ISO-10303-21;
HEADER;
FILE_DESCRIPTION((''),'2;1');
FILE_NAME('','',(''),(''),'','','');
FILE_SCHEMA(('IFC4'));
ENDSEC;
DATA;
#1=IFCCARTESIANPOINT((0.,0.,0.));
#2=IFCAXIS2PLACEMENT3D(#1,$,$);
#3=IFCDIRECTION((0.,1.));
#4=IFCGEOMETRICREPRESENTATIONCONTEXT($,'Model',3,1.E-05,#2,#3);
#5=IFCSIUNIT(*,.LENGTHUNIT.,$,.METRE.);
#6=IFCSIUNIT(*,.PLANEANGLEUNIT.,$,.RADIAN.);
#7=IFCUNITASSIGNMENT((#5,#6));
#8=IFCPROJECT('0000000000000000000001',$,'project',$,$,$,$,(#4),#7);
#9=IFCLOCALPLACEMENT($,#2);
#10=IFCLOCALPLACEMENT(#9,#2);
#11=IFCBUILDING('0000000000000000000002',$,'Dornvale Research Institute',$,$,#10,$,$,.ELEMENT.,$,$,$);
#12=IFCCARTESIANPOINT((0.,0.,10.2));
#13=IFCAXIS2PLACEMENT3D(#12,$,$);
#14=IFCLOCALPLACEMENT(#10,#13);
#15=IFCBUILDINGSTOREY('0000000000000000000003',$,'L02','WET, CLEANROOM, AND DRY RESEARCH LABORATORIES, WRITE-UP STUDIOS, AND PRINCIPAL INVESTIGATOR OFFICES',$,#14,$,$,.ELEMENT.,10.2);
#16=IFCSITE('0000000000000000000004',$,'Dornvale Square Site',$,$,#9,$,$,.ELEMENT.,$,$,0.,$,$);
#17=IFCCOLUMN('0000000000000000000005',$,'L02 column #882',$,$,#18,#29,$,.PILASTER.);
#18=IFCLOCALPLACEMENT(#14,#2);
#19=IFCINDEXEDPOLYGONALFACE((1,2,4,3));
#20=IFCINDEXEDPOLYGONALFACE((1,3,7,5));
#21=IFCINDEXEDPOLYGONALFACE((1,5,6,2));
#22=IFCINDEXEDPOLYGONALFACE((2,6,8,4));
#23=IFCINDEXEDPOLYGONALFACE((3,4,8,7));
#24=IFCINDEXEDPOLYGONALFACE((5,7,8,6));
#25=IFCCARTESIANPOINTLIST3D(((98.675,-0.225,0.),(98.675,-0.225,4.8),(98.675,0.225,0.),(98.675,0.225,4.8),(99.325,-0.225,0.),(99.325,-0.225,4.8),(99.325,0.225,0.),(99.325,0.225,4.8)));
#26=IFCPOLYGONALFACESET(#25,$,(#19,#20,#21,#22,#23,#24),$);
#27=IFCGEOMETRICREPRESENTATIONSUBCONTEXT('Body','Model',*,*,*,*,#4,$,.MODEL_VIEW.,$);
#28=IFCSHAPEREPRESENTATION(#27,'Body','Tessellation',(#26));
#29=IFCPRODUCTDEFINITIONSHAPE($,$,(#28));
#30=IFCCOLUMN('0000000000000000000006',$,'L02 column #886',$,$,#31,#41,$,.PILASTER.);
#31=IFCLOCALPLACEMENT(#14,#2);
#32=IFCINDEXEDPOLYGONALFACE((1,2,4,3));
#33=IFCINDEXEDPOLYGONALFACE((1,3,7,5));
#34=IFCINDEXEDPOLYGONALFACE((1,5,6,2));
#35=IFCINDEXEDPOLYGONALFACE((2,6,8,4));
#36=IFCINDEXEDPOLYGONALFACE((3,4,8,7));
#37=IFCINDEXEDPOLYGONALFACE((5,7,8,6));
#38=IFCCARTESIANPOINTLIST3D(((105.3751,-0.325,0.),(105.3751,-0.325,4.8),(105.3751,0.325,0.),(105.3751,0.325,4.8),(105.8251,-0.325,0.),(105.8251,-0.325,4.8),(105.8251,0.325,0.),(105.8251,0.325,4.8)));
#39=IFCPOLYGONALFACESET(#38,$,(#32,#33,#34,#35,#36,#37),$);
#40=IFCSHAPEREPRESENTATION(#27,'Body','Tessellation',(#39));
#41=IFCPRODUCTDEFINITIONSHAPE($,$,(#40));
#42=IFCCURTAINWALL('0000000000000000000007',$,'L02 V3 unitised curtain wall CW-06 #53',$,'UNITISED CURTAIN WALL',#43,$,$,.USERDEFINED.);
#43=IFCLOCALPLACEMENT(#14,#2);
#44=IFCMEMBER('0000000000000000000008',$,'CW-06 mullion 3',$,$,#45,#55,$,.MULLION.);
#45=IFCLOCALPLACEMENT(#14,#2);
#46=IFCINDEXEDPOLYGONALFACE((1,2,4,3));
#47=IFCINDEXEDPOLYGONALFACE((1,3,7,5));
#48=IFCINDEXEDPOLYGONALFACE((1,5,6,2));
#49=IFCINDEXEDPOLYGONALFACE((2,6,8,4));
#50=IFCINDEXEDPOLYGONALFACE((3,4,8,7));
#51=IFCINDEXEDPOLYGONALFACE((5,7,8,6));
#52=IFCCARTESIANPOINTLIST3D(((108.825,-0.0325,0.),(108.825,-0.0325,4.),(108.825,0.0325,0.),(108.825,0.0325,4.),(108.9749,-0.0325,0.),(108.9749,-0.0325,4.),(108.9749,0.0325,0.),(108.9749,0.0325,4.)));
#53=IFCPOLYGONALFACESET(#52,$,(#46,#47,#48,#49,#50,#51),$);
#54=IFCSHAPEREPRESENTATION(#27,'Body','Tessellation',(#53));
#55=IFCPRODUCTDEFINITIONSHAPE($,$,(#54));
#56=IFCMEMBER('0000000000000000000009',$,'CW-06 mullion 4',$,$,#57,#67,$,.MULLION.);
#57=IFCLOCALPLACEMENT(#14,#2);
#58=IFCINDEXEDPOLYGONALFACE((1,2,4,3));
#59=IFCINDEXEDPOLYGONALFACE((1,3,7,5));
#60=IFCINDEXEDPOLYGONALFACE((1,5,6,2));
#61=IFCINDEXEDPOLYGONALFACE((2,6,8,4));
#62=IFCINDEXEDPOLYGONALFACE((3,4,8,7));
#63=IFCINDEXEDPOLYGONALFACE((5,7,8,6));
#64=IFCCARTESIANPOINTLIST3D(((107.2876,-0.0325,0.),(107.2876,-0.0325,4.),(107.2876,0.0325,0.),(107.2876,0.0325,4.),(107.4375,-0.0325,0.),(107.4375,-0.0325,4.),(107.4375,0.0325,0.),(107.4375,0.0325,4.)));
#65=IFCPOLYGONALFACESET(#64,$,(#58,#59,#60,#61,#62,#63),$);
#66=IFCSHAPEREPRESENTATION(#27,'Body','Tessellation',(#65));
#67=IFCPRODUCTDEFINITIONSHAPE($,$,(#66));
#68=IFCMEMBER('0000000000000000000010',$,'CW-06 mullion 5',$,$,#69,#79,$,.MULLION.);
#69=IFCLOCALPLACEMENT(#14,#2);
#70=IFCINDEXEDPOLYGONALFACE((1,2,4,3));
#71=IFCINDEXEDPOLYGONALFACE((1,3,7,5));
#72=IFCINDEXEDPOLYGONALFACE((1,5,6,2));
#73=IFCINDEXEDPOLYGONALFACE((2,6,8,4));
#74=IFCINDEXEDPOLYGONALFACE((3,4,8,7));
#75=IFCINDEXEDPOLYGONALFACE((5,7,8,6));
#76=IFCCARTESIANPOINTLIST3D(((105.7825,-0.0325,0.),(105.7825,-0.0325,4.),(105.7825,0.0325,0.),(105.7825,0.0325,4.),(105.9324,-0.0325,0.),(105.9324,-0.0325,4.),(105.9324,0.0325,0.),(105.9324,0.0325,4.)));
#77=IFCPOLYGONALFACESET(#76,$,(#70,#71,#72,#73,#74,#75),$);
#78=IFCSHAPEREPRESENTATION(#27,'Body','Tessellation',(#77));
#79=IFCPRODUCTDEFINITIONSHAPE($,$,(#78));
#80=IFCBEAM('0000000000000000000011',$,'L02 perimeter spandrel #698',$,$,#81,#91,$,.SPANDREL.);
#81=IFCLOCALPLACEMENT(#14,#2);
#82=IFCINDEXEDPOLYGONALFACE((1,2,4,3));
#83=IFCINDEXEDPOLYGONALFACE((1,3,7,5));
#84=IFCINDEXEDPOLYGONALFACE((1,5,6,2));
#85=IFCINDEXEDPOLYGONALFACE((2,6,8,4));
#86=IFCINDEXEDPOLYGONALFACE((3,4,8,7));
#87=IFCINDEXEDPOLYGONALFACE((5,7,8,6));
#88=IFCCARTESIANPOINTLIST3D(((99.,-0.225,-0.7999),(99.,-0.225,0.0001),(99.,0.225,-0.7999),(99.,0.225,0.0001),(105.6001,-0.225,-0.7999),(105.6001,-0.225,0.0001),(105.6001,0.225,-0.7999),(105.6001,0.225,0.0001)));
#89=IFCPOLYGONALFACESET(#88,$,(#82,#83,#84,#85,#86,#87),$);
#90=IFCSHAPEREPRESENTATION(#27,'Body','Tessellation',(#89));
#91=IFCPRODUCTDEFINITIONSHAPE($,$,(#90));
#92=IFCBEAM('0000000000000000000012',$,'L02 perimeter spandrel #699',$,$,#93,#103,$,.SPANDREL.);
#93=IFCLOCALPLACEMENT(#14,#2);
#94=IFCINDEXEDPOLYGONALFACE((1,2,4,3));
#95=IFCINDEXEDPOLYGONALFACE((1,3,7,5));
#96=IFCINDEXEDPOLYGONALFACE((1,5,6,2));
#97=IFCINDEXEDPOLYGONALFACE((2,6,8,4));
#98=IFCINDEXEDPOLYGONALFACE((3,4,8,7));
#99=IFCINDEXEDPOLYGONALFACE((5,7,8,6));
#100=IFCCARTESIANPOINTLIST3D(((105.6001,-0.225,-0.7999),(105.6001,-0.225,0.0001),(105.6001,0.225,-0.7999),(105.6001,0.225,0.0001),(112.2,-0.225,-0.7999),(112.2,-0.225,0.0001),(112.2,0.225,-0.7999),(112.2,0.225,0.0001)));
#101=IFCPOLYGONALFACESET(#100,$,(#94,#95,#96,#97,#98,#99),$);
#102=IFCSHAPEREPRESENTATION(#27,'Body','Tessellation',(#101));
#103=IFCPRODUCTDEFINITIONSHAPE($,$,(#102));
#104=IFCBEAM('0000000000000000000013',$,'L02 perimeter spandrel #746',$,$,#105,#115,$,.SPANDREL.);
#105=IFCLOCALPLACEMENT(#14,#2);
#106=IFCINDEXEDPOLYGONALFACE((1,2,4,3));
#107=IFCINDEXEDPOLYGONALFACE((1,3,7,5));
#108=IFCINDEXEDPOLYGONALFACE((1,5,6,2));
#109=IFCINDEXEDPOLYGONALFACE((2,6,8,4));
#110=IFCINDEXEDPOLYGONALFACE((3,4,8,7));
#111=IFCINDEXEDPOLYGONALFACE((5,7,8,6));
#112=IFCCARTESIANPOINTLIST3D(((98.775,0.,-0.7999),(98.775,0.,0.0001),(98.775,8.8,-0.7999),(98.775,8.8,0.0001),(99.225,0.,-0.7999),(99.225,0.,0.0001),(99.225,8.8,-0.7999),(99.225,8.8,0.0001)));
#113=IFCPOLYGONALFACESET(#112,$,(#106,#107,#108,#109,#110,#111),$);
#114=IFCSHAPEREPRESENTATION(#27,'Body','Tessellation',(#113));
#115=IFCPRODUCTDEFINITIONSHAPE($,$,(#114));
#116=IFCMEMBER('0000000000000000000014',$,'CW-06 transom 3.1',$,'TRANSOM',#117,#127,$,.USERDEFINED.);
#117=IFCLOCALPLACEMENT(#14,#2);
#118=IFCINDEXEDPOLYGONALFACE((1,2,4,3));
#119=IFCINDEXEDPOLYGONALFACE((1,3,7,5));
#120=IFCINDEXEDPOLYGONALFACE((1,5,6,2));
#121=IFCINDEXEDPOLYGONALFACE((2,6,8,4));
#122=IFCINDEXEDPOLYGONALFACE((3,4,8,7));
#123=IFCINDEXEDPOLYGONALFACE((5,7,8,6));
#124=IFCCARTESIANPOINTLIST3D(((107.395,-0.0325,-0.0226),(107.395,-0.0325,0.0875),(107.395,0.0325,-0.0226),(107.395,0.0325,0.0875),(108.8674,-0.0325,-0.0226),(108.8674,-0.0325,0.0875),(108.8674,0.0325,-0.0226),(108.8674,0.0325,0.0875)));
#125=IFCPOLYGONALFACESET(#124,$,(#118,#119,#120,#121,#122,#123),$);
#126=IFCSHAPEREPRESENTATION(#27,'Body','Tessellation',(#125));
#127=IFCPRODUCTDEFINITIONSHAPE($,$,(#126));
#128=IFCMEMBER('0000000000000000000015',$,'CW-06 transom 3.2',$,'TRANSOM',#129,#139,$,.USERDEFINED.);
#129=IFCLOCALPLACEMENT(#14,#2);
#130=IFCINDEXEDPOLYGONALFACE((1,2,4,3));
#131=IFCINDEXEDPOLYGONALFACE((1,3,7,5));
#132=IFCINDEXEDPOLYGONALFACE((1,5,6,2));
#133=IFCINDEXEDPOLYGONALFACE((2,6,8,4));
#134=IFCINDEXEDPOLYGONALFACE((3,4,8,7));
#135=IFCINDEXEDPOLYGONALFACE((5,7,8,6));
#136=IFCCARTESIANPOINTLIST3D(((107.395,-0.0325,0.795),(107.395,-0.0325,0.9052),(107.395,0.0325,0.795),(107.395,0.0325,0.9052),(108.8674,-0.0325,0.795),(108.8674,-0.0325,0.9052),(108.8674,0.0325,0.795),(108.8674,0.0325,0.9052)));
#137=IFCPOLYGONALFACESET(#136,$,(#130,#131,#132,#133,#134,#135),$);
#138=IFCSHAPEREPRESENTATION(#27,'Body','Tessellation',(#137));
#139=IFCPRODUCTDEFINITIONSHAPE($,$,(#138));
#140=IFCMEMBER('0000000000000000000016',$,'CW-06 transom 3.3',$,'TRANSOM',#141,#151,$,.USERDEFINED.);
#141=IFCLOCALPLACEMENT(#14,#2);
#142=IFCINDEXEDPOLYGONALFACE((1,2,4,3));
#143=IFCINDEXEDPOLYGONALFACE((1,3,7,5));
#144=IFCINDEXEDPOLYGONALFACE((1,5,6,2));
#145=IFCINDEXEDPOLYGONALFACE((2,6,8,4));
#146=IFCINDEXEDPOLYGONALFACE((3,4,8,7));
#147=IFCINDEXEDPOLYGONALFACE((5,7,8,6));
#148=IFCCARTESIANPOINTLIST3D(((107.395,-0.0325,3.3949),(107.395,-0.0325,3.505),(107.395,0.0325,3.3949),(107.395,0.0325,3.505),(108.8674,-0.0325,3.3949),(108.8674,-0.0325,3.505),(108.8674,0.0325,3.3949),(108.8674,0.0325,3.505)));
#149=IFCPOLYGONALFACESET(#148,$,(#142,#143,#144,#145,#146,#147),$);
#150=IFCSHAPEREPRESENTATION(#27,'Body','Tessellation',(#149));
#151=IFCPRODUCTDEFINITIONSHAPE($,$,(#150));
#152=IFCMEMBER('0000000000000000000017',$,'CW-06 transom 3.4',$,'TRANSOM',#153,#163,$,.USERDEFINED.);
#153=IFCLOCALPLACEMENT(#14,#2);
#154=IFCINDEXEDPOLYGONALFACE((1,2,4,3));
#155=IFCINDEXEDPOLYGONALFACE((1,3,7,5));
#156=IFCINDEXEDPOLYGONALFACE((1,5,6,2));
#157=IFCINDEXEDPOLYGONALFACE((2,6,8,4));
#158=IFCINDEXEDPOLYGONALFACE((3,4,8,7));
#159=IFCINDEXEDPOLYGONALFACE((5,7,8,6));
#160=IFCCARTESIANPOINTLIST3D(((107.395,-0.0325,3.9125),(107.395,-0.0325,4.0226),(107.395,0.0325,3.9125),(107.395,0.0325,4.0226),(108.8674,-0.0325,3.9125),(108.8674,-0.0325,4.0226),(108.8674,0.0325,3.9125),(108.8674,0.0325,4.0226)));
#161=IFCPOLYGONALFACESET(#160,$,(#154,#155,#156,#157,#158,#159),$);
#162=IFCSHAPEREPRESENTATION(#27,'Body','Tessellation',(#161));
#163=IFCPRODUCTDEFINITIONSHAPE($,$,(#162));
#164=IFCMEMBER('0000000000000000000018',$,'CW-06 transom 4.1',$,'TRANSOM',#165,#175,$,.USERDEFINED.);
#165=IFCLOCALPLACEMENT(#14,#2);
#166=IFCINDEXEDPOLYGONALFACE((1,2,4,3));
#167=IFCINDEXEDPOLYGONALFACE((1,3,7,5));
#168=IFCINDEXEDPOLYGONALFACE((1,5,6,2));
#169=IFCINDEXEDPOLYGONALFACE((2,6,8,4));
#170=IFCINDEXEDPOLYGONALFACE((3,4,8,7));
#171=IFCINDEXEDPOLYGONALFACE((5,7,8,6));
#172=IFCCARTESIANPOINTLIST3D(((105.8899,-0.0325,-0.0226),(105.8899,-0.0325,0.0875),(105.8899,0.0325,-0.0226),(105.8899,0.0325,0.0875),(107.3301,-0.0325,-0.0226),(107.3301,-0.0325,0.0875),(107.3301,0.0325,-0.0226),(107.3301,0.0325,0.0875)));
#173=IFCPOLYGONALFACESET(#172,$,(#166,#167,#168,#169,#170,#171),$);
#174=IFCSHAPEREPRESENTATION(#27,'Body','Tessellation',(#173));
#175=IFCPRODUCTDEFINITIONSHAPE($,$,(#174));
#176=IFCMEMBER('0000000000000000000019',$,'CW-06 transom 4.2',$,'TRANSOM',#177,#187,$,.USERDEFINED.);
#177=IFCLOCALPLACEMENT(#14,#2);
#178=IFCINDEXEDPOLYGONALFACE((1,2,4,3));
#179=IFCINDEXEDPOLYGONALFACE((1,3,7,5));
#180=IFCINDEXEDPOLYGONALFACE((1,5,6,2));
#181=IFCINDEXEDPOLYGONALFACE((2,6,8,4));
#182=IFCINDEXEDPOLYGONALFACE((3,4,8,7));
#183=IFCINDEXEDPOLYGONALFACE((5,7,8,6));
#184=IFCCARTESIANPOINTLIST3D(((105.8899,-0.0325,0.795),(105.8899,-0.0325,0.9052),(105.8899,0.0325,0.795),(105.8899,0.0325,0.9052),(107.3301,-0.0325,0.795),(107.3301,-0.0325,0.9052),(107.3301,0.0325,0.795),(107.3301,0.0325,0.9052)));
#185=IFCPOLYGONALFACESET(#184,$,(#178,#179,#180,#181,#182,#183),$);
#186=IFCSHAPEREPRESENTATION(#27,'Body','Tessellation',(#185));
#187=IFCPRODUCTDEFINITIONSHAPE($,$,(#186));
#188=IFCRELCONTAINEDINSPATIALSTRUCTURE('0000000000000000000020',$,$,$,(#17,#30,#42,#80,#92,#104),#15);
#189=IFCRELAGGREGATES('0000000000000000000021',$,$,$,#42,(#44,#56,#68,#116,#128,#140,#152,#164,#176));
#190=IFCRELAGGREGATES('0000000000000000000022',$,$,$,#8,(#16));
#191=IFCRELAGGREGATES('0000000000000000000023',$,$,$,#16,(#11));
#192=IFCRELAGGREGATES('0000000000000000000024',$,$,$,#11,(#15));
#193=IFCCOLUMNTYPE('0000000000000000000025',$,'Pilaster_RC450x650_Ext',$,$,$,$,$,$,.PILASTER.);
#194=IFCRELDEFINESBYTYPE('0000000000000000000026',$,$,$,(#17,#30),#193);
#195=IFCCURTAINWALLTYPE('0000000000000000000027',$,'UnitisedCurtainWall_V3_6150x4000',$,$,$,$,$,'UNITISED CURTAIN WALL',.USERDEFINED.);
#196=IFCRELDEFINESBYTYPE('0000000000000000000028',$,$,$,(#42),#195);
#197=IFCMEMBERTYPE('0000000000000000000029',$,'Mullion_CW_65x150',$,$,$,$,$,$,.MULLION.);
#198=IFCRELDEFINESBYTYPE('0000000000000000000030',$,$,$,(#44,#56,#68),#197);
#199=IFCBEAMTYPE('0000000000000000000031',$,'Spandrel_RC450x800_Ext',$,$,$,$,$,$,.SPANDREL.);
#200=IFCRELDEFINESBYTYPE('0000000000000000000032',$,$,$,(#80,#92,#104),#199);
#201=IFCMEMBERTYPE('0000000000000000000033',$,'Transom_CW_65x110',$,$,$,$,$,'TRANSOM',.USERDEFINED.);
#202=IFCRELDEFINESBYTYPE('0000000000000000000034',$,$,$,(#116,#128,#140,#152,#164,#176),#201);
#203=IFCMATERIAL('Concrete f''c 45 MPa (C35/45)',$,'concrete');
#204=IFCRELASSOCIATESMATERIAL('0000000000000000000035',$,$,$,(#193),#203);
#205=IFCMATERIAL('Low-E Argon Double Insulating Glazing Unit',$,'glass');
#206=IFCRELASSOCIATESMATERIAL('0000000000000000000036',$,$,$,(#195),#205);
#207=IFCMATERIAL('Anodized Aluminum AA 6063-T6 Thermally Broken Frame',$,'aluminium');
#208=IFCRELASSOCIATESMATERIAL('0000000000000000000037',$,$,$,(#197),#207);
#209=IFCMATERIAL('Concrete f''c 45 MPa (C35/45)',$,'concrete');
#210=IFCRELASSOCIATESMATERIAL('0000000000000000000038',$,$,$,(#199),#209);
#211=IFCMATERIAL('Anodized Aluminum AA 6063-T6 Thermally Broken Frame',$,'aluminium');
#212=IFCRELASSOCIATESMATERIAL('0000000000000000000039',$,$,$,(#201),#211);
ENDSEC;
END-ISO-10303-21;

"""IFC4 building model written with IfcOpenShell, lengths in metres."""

from ifc_helpers import new_model, si_unit, direction, frame, origin, origin_2d, place, context, subcontext, project, spatial, rectangle, extrude, material, material_profile, profile_set, type_object, element, aggregate, save


model = new_model("IFC4")

# Units and contexts
model_context = context("Model", 3, precision=1e-05, world=origin(), true_north=direction((0.0, 1.0)))
body_context = subcontext(model_context, "Body", "Model", "MODEL_VIEW")
ifc_project = project(units=[si_unit("LENGTHUNIT", "METRE"), si_unit("PLANEANGLEUNIT", "RADIAN")], contexts=[model_context])

# Site, building, storey
site_placement = place(None, origin())
site = spatial("IfcSite", under=ifc_project, at=site_placement, Name="Dornvale Square Site", CompositionType="ELEMENT", RefElevation=0.0)
building_placement = place(site_placement, origin())
building = spatial("IfcBuilding", under=site, at=building_placement, Name="Dornvale Research Institute", CompositionType="ELEMENT")
storey_placement = place(building_placement, frame((0.0, 0.0, 10.2)))
storey = spatial("IfcBuildingStorey", under=building, at=storey_placement, Name="L02", Description="WET, CLEANROOM, AND DRY RESEARCH LABORATORIES, WRITE-UP STUDIOS, AND PRINCIPAL INVESTIGATOR OFFICES", CompositionType="ELEMENT", Elevation=10.2)

# Columns
ifc_material_1 = material(Name="Concrete f'c 45 MPa (C35/45)", Category="concrete")
ifc_material_profile_1 = material_profile(ifc_material_1, rectangle(XDim=0.45, YDim=0.6499, at=origin_2d()), Name="RC 450x650")
ifc_profile_set_1 = profile_set([ifc_material_profile_1], Name="Concrete f'c 45 MPa (C35/45)")
column_type = type_object("IfcColumnType", Name="Pilaster_RC450x650_Ext", PredefinedType="PILASTER", material=ifc_profile_set_1)
for number, where, z_axis, x_axis, name in (
    (1, (99.0, 0.0, 0.0), (0.0, 0.0, 1.0), (0.0, 1.0, 0.0), "L02 column #882"),
    (2, (105.6001, 0.0, 0.0), (0.0, 0.0, 1.0), (1.0, 0.0, 0.0), "L02 column #886"),
):
    element("IfcColumn", number, at=place(storey_placement, frame(where, z_axis=z_axis, x_axis=x_axis)), inside=storey, type_object=column_type, Name=name, PredefinedType="PILASTER", context=body_context, shape_type="SweptSolid", body=[
        extrude(rectangle(XDim=0.45, YDim=0.6499, at=origin_2d()), origin(), (0.0, 0.0, 1.0), 4.8),
    ])

# Curtain wall, members
ifc_material_2 = material(Name="Low-E Argon Double Insulating Glazing Unit", Category="glass")
curtain_wall_type = type_object("IfcCurtainWallType", Name="UnitisedCurtainWall_V3_6150x4000", ElementType="UNITISED CURTAIN WALL", PredefinedType="USERDEFINED", material=ifc_material_2)
curtain_wall_placement = place(storey_placement, origin())
curtain_wall = element("IfcCurtainWall", 3, at=curtain_wall_placement, inside=storey, type_object=curtain_wall_type, Name="L02 V3 unitised curtain wall CW-06 #53", ObjectType="UNITISED CURTAIN WALL", PredefinedType="USERDEFINED")
ifc_material_3 = material(Name="Anodized Aluminum AA 6063-T6 Thermally Broken Frame", Category="aluminium")
ifc_material_profile_2 = material_profile(ifc_material_3, rectangle(XDim=0.0649, YDim=0.1499, at=origin_2d()), Name="ALU MULLION 65x150")
ifc_profile_set_2 = profile_set([ifc_material_profile_2], Name="Anodized Aluminum AA 6063-T6 Thermally Broken Frame")
member_type_1 = type_object("IfcMemberType", Name="Mullion_CW_65x150", PredefinedType="MULLION", material=ifc_profile_set_2)
member_1_placement = place(storey_placement, frame((108.8999, 0.0, 0.0), z_axis=(0.0, 0.0, 1.0), x_axis=(0.0, -1.0, 0.0)))
member_1 = element("IfcMember", 4, at=member_1_placement, type_object=member_type_1, Name="CW-06 mullion 3", PredefinedType="MULLION", context=body_context, shape_type="SweptSolid", body=[
    extrude(rectangle(XDim=0.0649, YDim=0.1499, at=origin_2d()), origin(), (0.0, 0.0, 1.0), 4.0),
])
member_2_placement = place(storey_placement, frame((107.3625, 0.0, 0.0), z_axis=(0.0, 0.0, 1.0), x_axis=(0.0, -1.0, 0.0)))
member_2 = element("IfcMember", 5, at=member_2_placement, type_object=member_type_1, Name="CW-06 mullion 4", PredefinedType="MULLION", context=body_context, shape_type="SweptSolid", body=[
    extrude(rectangle(XDim=0.0649, YDim=0.1499, at=origin_2d()), origin(), (0.0, 0.0, 1.0), 4.0),
])
member_3_placement = place(storey_placement, frame((105.8574, 0.0, 0.0), z_axis=(0.0, 0.0, 1.0), x_axis=(0.0, -1.0, 0.0)))
member_3 = element("IfcMember", 6, at=member_3_placement, type_object=member_type_1, Name="CW-06 mullion 5", PredefinedType="MULLION", context=body_context, shape_type="SweptSolid", body=[
    extrude(rectangle(XDim=0.0649, YDim=0.1499, at=origin_2d()), origin(), (0.0, 0.0, 1.0), 4.0),
])

# Beams
ifc_material_4 = material(Name="Concrete f'c 45 MPa (C35/45)", Category="concrete")
ifc_material_profile_3 = material_profile(ifc_material_4, rectangle(XDim=0.45, YDim=0.8, at=origin_2d()), Name="RC 450x800")
ifc_profile_set_3 = profile_set([ifc_material_profile_3], Name="Concrete f'c 45 MPa (C35/45)")
beam_type = type_object("IfcBeamType", Name="Spandrel_RC450x800_Ext", PredefinedType="SPANDREL", material=ifc_profile_set_3)
beam_1_placement = place(storey_placement, frame((99.0, 0.0, -0.3999), z_axis=(1.0, 0.0, 0.0), x_axis=(0.0, 1.0, 0.0)))
element("IfcBeam", 7, at=beam_1_placement, inside=storey, type_object=beam_type, Name="L02 perimeter spandrel #698", PredefinedType="SPANDREL", context=body_context, shape_type="SweptSolid", body=[
    extrude(rectangle(XDim=0.45, YDim=0.8, at=origin_2d()), origin(), (0.0, 0.0, 1.0), 6.6001),
])
beam_2_placement = place(storey_placement, frame((105.6001, 0.0, -0.3999), z_axis=(1.0, 0.0, 0.0), x_axis=(0.0, 1.0, 0.0)))
element("IfcBeam", 8, at=beam_2_placement, inside=storey, type_object=beam_type, Name="L02 perimeter spandrel #699", PredefinedType="SPANDREL", context=body_context, shape_type="SweptSolid", body=[
    extrude(rectangle(XDim=0.45, YDim=0.8, at=origin_2d()), origin(), (0.0, 0.0, 1.0), 6.5999),
])
beam_3_placement = place(storey_placement, frame((99.0, 0.0, -0.3999), z_axis=(0.0, 1.0, 0.0), x_axis=(-1.0, 0.0, 0.0)))
element("IfcBeam", 9, at=beam_3_placement, inside=storey, type_object=beam_type, Name="L02 perimeter spandrel #746", PredefinedType="SPANDREL", context=body_context, shape_type="SweptSolid", body=[
    extrude(rectangle(XDim=0.45, YDim=0.8, at=origin_2d()), origin(), (0.0, 0.0, 1.0), 8.8),
])

# Members
ifc_material_5 = material(Name="Anodized Aluminum AA 6063-T6 Thermally Broken Frame", Category="aluminium")
ifc_material_profile_4 = material_profile(ifc_material_5, rectangle(XDim=0.0649, YDim=0.1101, at=origin_2d()), Name="ALU TRANSOM 65x110")
ifc_profile_set_4 = profile_set([ifc_material_profile_4], Name="Anodized Aluminum AA 6063-T6 Thermally Broken Frame")
member_type_2 = type_object("IfcMemberType", Name="Transom_CW_65x110", ElementType="TRANSOM", PredefinedType="USERDEFINED", material=ifc_profile_set_4)
member_4_placement = place(storey_placement, frame((108.8674, 0.0, 0.0325), z_axis=(-1.0, 0.0, 0.0), x_axis=(0.0, -1.0, 0.0)))
member_4 = element("IfcMember", 10, at=member_4_placement, type_object=member_type_2, Name="CW-06 transom 3.1", ObjectType="TRANSOM", PredefinedType="USERDEFINED", context=body_context, shape_type="SweptSolid", body=[
    extrude(rectangle(XDim=0.0649, YDim=0.1101, at=origin_2d()), origin(), (0.0, 0.0, 1.0), 1.4724),
])
member_5_placement = place(storey_placement, frame((108.8674, 0.0, 0.8501), z_axis=(-1.0, 0.0, 0.0), x_axis=(0.0, -1.0, 0.0)))
member_5 = element("IfcMember", 11, at=member_5_placement, type_object=member_type_2, Name="CW-06 transom 3.2", ObjectType="TRANSOM", PredefinedType="USERDEFINED", context=body_context, shape_type="SweptSolid", body=[
    extrude(rectangle(XDim=0.0649, YDim=0.1101, at=origin_2d()), origin(), (0.0, 0.0, 1.0), 1.4724),
])
member_6_placement = place(storey_placement, frame((108.8674, 0.0, 3.45), z_axis=(-1.0, 0.0, 0.0), x_axis=(0.0, -1.0, 0.0)))
member_6 = element("IfcMember", 12, at=member_6_placement, type_object=member_type_2, Name="CW-06 transom 3.3", ObjectType="TRANSOM", PredefinedType="USERDEFINED", context=body_context, shape_type="SweptSolid", body=[
    extrude(rectangle(XDim=0.0649, YDim=0.1101, at=origin_2d()), origin(), (0.0, 0.0, 1.0), 1.4724),
])
member_7_placement = place(storey_placement, frame((108.8674, 0.0, 3.9675), z_axis=(-1.0, 0.0, 0.0), x_axis=(0.0, -1.0, 0.0)))
member_7 = element("IfcMember", 13, at=member_7_placement, type_object=member_type_2, Name="CW-06 transom 3.4", ObjectType="TRANSOM", PredefinedType="USERDEFINED", context=body_context, shape_type="SweptSolid", body=[
    extrude(rectangle(XDim=0.0649, YDim=0.1101, at=origin_2d()), origin(), (0.0, 0.0, 1.0), 1.4724),
])
member_8_placement = place(storey_placement, frame((107.3301, 0.0, 0.0325), z_axis=(-1.0, 0.0, 0.0), x_axis=(0.0, -1.0, 0.0)))
member_8 = element("IfcMember", 14, at=member_8_placement, type_object=member_type_2, Name="CW-06 transom 4.1", ObjectType="TRANSOM", PredefinedType="USERDEFINED", context=body_context, shape_type="SweptSolid", body=[
    extrude(rectangle(XDim=0.0649, YDim=0.1101, at=origin_2d()), origin(), (0.0, 0.0, 1.0), 1.4402),
])
member_9_placement = place(storey_placement, frame((107.3301, 0.0, 0.8501), z_axis=(-1.0, 0.0, 0.0), x_axis=(0.0, -1.0, 0.0)))
member_9 = element("IfcMember", 15, at=member_9_placement, type_object=member_type_2, Name="CW-06 transom 4.2", ObjectType="TRANSOM", PredefinedType="USERDEFINED", context=body_context, shape_type="SweptSolid", body=[
    extrude(rectangle(XDim=0.0649, YDim=0.1101, at=origin_2d()), origin(), (0.0, 0.0, 1.0), 1.4402),
])

aggregate(curtain_wall, [member_1, member_2, member_3, member_4, member_5, member_6, member_7, member_8, member_9])

save(model, "model.ifc")
